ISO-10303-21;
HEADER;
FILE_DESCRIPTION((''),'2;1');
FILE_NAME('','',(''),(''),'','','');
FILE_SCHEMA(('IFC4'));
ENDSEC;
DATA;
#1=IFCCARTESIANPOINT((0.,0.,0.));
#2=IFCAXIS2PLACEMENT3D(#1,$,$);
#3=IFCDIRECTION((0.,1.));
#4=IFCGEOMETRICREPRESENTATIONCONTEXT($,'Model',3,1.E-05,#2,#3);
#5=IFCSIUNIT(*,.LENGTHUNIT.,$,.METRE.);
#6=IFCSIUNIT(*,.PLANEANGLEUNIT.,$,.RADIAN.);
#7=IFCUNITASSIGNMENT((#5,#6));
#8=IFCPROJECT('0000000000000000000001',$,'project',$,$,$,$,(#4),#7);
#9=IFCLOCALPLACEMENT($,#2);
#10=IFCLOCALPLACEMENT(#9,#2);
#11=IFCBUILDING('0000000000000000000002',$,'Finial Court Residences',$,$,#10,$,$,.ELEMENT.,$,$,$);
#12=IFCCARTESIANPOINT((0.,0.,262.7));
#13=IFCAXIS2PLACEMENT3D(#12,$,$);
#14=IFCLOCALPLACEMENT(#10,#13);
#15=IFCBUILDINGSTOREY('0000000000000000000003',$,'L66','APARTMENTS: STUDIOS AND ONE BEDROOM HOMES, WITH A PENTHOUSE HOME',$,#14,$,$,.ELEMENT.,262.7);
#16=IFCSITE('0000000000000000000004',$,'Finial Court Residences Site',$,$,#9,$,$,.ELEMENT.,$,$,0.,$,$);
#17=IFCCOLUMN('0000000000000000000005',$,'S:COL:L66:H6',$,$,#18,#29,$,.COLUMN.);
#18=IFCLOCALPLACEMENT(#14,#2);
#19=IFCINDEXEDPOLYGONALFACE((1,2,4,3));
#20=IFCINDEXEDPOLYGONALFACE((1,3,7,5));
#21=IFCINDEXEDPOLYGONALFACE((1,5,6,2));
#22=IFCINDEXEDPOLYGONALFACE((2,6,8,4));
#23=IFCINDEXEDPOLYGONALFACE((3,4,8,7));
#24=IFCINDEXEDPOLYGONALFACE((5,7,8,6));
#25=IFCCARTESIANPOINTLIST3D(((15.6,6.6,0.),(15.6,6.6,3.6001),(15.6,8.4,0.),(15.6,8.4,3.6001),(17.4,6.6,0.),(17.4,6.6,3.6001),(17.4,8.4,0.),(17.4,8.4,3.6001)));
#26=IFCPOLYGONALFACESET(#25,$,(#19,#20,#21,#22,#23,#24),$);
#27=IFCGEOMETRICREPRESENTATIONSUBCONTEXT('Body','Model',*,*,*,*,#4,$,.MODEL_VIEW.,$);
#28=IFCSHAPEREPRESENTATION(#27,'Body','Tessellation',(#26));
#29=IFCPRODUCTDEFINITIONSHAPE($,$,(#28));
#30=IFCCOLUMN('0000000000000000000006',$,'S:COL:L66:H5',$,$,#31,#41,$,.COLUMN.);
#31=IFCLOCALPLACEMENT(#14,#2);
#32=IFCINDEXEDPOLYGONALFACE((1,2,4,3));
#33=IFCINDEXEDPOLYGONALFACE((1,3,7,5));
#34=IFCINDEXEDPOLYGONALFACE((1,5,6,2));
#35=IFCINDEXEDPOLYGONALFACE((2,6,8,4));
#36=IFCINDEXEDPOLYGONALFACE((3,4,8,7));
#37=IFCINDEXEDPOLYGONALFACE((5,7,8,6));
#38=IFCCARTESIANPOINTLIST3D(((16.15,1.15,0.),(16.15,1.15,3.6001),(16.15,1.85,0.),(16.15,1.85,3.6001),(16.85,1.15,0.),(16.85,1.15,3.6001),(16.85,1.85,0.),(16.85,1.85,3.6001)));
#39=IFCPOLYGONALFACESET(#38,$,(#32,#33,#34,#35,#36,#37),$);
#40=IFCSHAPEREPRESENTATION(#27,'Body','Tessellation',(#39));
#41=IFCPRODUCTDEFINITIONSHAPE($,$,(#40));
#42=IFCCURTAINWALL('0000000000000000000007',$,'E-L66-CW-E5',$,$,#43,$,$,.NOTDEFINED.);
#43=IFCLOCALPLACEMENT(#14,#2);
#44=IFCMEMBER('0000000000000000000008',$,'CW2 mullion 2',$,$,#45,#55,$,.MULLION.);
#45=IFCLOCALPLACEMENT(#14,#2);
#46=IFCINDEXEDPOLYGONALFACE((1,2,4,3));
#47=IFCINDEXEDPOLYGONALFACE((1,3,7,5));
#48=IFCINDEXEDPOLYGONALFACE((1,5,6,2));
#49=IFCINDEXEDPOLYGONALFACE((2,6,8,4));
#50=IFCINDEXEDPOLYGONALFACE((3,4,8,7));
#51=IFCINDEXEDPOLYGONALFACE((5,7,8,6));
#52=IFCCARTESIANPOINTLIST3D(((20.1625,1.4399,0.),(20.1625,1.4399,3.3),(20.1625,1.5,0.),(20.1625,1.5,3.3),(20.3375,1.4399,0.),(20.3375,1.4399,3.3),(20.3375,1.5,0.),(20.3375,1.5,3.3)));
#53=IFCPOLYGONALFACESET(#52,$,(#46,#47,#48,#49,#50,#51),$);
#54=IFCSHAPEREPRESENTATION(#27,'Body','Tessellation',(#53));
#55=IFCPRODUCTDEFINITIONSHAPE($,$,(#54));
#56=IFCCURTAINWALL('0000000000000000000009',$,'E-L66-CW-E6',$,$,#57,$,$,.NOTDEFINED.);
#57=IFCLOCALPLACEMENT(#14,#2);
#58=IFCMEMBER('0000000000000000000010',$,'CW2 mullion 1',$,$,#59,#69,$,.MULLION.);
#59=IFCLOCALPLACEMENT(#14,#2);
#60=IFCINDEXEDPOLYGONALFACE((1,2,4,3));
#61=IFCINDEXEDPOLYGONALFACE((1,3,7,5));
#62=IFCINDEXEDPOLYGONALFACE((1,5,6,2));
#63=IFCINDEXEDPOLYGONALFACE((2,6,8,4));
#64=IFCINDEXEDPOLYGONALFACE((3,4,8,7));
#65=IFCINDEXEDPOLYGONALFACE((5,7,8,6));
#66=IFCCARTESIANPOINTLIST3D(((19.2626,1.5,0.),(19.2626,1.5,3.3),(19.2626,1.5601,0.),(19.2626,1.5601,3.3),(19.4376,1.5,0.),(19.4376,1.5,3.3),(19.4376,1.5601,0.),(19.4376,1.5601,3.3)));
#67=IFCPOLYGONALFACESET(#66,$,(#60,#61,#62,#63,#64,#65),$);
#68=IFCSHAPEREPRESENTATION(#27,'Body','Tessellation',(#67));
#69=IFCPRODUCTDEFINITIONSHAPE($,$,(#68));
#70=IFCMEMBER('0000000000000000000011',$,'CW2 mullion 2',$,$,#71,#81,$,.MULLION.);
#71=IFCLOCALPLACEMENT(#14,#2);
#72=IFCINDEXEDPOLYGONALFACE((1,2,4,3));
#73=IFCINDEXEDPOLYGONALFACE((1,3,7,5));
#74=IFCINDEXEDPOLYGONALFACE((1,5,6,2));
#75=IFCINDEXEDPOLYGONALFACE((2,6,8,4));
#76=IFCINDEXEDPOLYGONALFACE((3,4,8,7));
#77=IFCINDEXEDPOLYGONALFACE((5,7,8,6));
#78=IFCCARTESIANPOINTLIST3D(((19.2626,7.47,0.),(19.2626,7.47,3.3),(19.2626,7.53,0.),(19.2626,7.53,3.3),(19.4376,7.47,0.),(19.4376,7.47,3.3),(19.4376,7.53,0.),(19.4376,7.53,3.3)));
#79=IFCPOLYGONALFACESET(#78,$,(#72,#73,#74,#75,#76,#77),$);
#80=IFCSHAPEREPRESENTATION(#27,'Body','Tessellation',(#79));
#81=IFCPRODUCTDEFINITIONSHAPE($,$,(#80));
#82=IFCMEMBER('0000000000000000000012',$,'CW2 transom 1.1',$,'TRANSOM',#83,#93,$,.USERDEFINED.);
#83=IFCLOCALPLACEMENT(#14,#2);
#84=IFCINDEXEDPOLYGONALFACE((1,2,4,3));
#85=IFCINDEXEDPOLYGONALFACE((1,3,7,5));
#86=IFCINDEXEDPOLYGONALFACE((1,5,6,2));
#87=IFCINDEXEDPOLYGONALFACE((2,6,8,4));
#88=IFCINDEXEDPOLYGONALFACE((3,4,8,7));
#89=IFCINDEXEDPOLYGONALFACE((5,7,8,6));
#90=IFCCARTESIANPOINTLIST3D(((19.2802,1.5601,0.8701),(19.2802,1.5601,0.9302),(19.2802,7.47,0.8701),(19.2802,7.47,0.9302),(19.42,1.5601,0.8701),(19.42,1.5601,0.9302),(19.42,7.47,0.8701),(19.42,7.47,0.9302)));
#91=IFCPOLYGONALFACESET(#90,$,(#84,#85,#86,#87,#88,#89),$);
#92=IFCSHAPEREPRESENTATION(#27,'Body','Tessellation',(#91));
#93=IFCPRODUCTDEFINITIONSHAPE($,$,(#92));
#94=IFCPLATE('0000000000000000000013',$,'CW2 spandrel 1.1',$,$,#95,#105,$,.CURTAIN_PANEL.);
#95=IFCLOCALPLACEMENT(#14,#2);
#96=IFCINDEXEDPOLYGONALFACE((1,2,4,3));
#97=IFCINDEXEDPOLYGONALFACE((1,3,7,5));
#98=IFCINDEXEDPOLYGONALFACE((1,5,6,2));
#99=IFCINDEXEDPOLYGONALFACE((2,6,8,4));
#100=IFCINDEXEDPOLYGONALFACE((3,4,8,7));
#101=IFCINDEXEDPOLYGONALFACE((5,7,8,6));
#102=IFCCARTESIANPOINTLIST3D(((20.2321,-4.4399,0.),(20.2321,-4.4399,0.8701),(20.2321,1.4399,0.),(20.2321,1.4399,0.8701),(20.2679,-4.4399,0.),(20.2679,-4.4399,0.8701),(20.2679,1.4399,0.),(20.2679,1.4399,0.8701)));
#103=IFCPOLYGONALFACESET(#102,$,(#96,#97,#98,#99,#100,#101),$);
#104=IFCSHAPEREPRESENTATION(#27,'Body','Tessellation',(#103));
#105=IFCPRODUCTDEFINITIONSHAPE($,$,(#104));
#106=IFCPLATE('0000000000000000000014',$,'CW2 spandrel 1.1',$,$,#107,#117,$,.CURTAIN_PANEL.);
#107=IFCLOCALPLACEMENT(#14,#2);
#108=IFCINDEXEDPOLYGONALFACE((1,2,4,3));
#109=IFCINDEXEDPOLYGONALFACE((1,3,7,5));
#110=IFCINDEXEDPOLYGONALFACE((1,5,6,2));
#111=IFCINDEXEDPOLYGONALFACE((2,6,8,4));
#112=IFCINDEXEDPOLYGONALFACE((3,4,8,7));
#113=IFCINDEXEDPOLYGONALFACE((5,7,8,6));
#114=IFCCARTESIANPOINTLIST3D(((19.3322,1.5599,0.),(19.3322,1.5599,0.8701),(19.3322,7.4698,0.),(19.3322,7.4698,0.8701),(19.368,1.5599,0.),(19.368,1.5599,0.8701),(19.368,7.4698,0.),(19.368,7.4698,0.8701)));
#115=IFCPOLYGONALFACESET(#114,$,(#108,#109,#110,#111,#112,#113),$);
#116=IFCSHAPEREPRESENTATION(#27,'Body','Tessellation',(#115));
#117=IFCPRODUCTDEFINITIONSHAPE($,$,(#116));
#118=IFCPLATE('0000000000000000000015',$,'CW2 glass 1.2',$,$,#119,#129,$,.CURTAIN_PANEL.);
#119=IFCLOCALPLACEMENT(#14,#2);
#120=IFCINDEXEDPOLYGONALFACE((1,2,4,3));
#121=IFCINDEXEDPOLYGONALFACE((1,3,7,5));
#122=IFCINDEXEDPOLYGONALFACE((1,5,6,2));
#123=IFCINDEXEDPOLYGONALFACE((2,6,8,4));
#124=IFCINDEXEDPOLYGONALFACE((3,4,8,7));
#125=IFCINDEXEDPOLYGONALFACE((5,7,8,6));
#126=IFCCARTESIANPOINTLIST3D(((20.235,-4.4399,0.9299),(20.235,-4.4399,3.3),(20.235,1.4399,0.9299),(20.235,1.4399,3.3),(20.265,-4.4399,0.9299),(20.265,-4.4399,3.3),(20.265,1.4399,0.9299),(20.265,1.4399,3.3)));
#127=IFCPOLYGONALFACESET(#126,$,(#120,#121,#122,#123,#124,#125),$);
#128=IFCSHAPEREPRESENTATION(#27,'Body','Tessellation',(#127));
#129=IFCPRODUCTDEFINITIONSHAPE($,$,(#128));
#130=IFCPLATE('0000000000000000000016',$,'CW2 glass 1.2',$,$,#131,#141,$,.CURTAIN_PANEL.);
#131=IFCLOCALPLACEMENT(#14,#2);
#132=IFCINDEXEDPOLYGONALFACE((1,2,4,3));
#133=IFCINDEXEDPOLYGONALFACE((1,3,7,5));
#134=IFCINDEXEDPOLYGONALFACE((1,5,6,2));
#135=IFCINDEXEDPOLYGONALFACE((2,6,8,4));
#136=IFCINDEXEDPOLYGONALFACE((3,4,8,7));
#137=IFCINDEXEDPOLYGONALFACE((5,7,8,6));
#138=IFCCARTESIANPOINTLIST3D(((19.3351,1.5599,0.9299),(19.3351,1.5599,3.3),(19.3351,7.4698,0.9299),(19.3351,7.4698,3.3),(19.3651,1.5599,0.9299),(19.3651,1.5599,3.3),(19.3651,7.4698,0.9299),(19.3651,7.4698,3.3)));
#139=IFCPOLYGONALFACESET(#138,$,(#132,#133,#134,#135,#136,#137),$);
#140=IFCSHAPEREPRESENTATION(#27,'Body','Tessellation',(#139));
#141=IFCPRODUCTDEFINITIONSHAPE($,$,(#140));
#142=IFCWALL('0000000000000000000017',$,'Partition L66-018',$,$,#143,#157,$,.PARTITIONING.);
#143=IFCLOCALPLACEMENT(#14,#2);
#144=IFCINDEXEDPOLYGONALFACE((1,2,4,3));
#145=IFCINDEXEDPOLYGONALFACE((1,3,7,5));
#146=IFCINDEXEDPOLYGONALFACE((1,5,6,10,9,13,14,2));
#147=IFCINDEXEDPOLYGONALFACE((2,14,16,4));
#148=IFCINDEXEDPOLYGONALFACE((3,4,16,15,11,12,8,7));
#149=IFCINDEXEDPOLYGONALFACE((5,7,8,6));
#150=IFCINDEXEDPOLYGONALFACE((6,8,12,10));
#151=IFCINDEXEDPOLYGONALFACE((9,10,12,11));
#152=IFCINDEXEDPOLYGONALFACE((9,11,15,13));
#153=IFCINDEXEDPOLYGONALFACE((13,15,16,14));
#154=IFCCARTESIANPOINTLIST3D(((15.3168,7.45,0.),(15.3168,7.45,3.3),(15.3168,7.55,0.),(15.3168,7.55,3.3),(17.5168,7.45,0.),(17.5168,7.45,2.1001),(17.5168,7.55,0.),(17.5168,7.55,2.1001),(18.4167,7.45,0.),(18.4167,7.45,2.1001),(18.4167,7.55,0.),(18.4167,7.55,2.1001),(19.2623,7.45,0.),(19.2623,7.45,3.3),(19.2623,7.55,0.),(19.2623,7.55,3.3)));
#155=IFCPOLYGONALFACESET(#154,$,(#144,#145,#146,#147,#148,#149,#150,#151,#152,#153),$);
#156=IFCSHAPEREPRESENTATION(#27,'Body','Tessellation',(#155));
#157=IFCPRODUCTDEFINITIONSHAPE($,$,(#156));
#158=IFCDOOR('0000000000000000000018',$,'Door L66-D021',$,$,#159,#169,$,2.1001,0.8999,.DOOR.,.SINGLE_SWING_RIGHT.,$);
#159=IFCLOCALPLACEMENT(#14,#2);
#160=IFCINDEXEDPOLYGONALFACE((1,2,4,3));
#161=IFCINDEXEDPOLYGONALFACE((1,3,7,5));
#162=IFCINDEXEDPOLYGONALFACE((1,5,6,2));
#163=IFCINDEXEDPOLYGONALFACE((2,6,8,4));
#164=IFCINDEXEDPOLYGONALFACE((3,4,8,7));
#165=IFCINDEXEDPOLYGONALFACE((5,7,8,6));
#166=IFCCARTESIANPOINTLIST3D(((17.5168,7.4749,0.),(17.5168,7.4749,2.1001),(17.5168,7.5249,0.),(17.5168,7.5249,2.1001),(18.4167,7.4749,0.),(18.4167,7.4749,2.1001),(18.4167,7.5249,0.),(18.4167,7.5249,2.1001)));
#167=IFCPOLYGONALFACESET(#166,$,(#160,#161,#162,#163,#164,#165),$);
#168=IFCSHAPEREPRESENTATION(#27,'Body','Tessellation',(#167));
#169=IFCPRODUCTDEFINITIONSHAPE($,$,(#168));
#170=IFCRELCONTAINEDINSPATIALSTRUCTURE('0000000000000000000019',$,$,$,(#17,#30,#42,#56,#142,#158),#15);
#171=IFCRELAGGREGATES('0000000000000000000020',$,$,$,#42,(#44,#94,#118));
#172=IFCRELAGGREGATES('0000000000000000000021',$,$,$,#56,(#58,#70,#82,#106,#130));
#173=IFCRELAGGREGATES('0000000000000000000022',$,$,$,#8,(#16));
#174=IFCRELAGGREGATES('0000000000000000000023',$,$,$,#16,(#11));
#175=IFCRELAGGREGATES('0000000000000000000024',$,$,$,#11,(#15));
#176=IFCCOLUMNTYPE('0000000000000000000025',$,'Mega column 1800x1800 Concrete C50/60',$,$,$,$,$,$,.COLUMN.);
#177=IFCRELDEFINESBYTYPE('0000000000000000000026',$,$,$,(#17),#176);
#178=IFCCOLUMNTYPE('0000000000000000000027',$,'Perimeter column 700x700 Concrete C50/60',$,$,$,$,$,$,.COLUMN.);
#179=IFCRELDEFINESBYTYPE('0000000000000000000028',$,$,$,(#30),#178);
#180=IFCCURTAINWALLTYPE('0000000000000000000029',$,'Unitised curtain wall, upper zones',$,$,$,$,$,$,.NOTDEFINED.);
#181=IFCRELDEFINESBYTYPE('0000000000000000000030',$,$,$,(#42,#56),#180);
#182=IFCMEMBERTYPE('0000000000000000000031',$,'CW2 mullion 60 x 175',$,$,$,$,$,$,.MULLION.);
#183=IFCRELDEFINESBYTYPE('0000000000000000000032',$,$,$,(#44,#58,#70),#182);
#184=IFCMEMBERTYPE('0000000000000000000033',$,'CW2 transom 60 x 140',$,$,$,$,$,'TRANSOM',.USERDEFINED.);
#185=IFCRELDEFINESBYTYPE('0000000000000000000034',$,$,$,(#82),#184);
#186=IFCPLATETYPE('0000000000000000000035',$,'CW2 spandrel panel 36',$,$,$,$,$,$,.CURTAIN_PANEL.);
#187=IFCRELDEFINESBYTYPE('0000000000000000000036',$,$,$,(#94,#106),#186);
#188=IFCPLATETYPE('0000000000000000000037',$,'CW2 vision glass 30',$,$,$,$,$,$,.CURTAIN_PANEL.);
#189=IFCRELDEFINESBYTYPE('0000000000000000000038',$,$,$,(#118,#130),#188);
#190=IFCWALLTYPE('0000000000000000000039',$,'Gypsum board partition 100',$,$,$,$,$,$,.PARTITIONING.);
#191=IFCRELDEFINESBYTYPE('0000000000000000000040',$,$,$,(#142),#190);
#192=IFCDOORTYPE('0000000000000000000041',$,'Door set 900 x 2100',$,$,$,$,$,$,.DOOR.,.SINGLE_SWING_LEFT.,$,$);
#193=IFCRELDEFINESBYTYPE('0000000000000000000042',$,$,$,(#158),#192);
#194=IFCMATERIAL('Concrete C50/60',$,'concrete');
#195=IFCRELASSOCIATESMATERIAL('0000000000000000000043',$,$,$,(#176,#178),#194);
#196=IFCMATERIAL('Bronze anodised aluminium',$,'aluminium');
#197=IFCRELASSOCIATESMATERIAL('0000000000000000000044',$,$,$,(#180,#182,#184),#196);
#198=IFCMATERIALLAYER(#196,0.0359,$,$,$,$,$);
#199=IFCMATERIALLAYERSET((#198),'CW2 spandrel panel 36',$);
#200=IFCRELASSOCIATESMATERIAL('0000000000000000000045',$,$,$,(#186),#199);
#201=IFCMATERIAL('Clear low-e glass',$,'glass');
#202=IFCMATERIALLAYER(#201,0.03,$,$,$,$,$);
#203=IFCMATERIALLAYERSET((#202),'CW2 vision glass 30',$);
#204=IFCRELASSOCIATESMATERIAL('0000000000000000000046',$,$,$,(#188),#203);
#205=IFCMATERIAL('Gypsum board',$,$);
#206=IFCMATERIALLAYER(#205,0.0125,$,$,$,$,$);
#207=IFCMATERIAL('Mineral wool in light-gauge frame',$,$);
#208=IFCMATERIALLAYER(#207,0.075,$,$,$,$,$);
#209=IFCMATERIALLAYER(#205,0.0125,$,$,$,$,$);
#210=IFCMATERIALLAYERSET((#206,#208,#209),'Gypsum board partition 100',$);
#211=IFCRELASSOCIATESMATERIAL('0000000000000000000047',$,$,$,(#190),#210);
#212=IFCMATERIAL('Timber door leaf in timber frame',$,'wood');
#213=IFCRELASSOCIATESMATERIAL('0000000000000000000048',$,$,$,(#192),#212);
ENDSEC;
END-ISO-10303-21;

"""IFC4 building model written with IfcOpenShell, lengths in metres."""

from ifc_helpers import new_model, si_unit, direction, frame, frame_2d, origin, origin_2d, place, context, subcontext, project, spatial, rectangle, extrude, material, layer, layer_set, material_profile, profile_set, type_object, element, fill, aggregate, save


model = new_model("IFC4")

# Units and contexts
model_context = context("Model", 3, precision=1e-05, world=origin(), true_north=direction((0.0, 1.0)))
body_context = subcontext(model_context, "Body", "Model", "MODEL_VIEW")
ifc_project = project(units=[si_unit("LENGTHUNIT", "METRE"), si_unit("PLANEANGLEUNIT", "RADIAN")], contexts=[model_context])

# Site, building, storey
site_placement = place(None, origin())
site = spatial("IfcSite", under=ifc_project, at=site_placement, Name="Finial Court Residences Site", CompositionType="ELEMENT", RefElevation=0.0)
building_placement = place(site_placement, origin())
building = spatial("IfcBuilding", under=site, at=building_placement, Name="Finial Court Residences", CompositionType="ELEMENT")
storey_placement = place(building_placement, frame((0.0, 0.0, 262.7)))
storey = spatial("IfcBuildingStorey", under=building, at=storey_placement, Name="L66", Description="APARTMENTS: STUDIOS AND ONE BEDROOM HOMES, WITH A PENTHOUSE HOME", CompositionType="ELEMENT", Elevation=262.7)

# Columns
ifc_material_1 = material(Name="Concrete C50/60", Category="concrete")
ifc_material_profile_1 = material_profile(ifc_material_1, rectangle(XDim=1.8, YDim=1.8, at=origin_2d()), Name="1800x1800")
ifc_profile_set_1 = profile_set([ifc_material_profile_1], Name="Concrete C50/60")
column_type_1 = type_object("IfcColumnType", Name="Mega column 1800x1800 Concrete C50/60", PredefinedType="COLUMN", material=ifc_profile_set_1)
column_1_placement = place(storey_placement, frame((16.5, 7.5, 0.0), z_axis=(0.0, 0.0, 1.0), x_axis=(1.0, 0.0, 0.0)))
element("IfcColumn", 1, at=column_1_placement, inside=storey, type_object=column_type_1, Name="S:COL:L66:H6", PredefinedType="COLUMN", context=body_context, shape_type="SweptSolid", body=[
    extrude(rectangle(XDim=1.8, YDim=1.8, at=origin_2d()), origin(), (0.0, 0.0, 1.0), 3.6001),
])
ifc_material_profile_2 = material_profile(ifc_material_1, rectangle(XDim=0.7, YDim=0.7, at=origin_2d()), Name="700x700")
ifc_profile_set_2 = profile_set([ifc_material_profile_2], Name="Concrete C50/60")
column_type_2 = type_object("IfcColumnType", Name="Perimeter column 700x700 Concrete C50/60", PredefinedType="COLUMN", material=ifc_profile_set_2)
column_2_placement = place(storey_placement, frame((16.5, 1.5, 0.0), z_axis=(0.0, 0.0, 1.0), x_axis=(1.0, 0.0, 0.0)))
element("IfcColumn", 2, at=column_2_placement, inside=storey, type_object=column_type_2, Name="S:COL:L66:H5", PredefinedType="COLUMN", context=body_context, shape_type="SweptSolid", body=[
    extrude(rectangle(XDim=0.7, YDim=0.7, at=origin_2d()), origin(), (0.0, 0.0, 1.0), 3.6001),
])

# Curtain wall, member
ifc_material_2 = material(Name="Bronze anodised aluminium", Category="aluminium")
curtain_wall_type = type_object("IfcCurtainWallType", Name="Unitised curtain wall, upper zones", PredefinedType="NOTDEFINED", material=ifc_material_2)
curtain_wall_1_placement = place(storey_placement, origin())
curtain_wall_1 = element("IfcCurtainWall", 3, at=curtain_wall_1_placement, inside=storey, type_object=curtain_wall_type, Name="E-L66-CW-E5", PredefinedType="NOTDEFINED")
ifc_material_profile_3 = material_profile(ifc_material_2, rectangle(XDim=0.175, YDim=0.0601, at=origin_2d()), Name="CW2 mullion 60 x 175")
ifc_profile_set_3 = profile_set([ifc_material_profile_3], Name="Bronze anodised aluminium")
member_type_1 = type_object("IfcMemberType", Name="CW2 mullion 60 x 175", PredefinedType="MULLION", material=ifc_profile_set_3)
member_1_placement = place(storey_placement, frame((20.25, 1.47, 0.0), z_axis=(0.0, 0.0, 1.0), x_axis=(-1.0, 0.0, 0.0)))
member_1 = element("IfcMember", 4, at=member_1_placement, type_object=member_type_1, Name="CW2 mullion 2", PredefinedType="MULLION", context=body_context, shape_type="SweptSolid", body=[
    extrude(rectangle(XDim=0.175, YDim=0.0601, at=origin_2d()), origin(), (0.0, 0.0, 1.0), 3.3),
])

# Curtain wall, members
curtain_wall_2_placement = place(storey_placement, origin())
curtain_wall_2 = element("IfcCurtainWall", 5, at=curtain_wall_2_placement, inside=storey, type_object=curtain_wall_type, Name="E-L66-CW-E6", PredefinedType="NOTDEFINED")
member_2_placement = place(storey_placement, frame((19.3501, 1.53, 0.0), z_axis=(0.0, 0.0, 1.0), x_axis=(-1.0, 0.0, 0.0)))
member_2 = element("IfcMember", 6, at=member_2_placement, type_object=member_type_1, Name="CW2 mullion 1", PredefinedType="MULLION", context=body_context, shape_type="SweptSolid", body=[
    extrude(rectangle(XDim=0.175, YDim=0.0601, at=origin_2d()), origin(), (0.0, 0.0, 1.0), 3.3),
])
member_3_placement = place(storey_placement, frame((19.3501, 7.5, 0.0), z_axis=(0.0, 0.0, 1.0), x_axis=(-1.0, 0.0, 0.0)))
member_3 = element("IfcMember", 7, at=member_3_placement, type_object=member_type_1, Name="CW2 mullion 2", PredefinedType="MULLION", context=body_context, shape_type="SweptSolid", body=[
    extrude(rectangle(XDim=0.175, YDim=0.0601, at=origin_2d()), origin(), (0.0, 0.0, 1.0), 3.3),
])
ifc_material_profile_4 = material_profile(ifc_material_2, rectangle(XDim=0.1399, YDim=0.0601, at=origin_2d()), Name="CW2 transom 60 x 140")
ifc_profile_set_4 = profile_set([ifc_material_profile_4], Name="Bronze anodised aluminium")
member_type_2 = type_object("IfcMemberType", Name="CW2 transom 60 x 140", ElementType="TRANSOM", PredefinedType="USERDEFINED", material=ifc_profile_set_4)
member_4_placement = place(storey_placement, frame((19.3501, 1.5601, 0.9001), z_axis=(0.0, 1.0, 0.0), x_axis=(-1.0, 0.0, 0.0)))
member_4 = element("IfcMember", 8, at=member_4_placement, type_object=member_type_2, Name="CW2 transom 1.1", ObjectType="TRANSOM", PredefinedType="USERDEFINED", context=body_context, shape_type="SweptSolid", body=[
    extrude(rectangle(XDim=0.1399, YDim=0.0601, at=origin_2d()), origin(), (0.0, 0.0, 1.0), 5.9099),
])

# Plates
ifc_layer_1 = layer(ifc_material_2, 0.0359)
ifc_layer_set_1 = layer_set([ifc_layer_1], Name="CW2 spandrel panel 36")
plate_type_1 = type_object("IfcPlateType", Name="CW2 spandrel panel 36", PredefinedType="CURTAIN_PANEL", material=ifc_layer_set_1)
plate_1_placement = place(storey_placement, frame((20.25, -1.5, 0.0), z_axis=(0.0, 0.0, 1.0), x_axis=(0.0, 1.0, 0.0)))
plate_1 = element("IfcPlate", 9, at=plate_1_placement, type_object=plate_type_1, Name="CW2 spandrel 1.1", PredefinedType="CURTAIN_PANEL", context=body_context, shape_type="SweptSolid", body=[
    extrude(rectangle(XDim=5.8799, YDim=0.0359, at=origin_2d()), origin(), (0.0, 0.0, 1.0), 0.8701),
])
plate_2_placement = place(storey_placement, frame((19.3501, 4.5149, 0.0), z_axis=(0.0, 0.0, 1.0), x_axis=(0.0, 1.0, 0.0)))
plate_2 = element("IfcPlate", 10, at=plate_2_placement, type_object=plate_type_1, Name="CW2 spandrel 1.1", PredefinedType="CURTAIN_PANEL", context=body_context, shape_type="SweptSolid", body=[
    extrude(rectangle(XDim=5.9099, YDim=0.0359, at=origin_2d()), origin(), (0.0, 0.0, 1.0), 0.8701),
])
ifc_material_3 = material(Name="Clear low-e glass", Category="glass")
ifc_layer_2 = layer(ifc_material_3, 0.03)
ifc_layer_set_2 = layer_set([ifc_layer_2], Name="CW2 vision glass 30")
plate_type_2 = type_object("IfcPlateType", Name="CW2 vision glass 30", PredefinedType="CURTAIN_PANEL", material=ifc_layer_set_2)
plate_3_placement = place(storey_placement, frame((20.25, -1.5, 0.9299), z_axis=(0.0, 0.0, 1.0), x_axis=(0.0, 1.0, 0.0)))
plate_3 = element("IfcPlate", 11, at=plate_3_placement, type_object=plate_type_2, Name="CW2 glass 1.2", PredefinedType="CURTAIN_PANEL", context=body_context, shape_type="SweptSolid", body=[
    extrude(rectangle(XDim=5.8799, YDim=0.03, at=origin_2d()), origin(), (0.0, 0.0, 1.0), 2.3701),
])
aggregate(curtain_wall_1, [member_1, plate_1, plate_3])
plate_4_placement = place(storey_placement, frame((19.3501, 4.5149, 0.9299), z_axis=(0.0, 0.0, 1.0), x_axis=(0.0, 1.0, 0.0)))
plate_4 = element("IfcPlate", 12, at=plate_4_placement, type_object=plate_type_2, Name="CW2 glass 1.2", PredefinedType="CURTAIN_PANEL", context=body_context, shape_type="SweptSolid", body=[
    extrude(rectangle(XDim=5.9099, YDim=0.03, at=origin_2d()), origin(), (0.0, 0.0, 1.0), 2.3701),
])
aggregate(curtain_wall_2, [member_2, member_3, member_4, plate_2, plate_4])

# Wall, opening, door
ifc_material_4 = material(Name="Gypsum board")
ifc_layer_3 = layer(ifc_material_4, 0.0125)
ifc_material_5 = material(Name="Mineral wool in light-gauge frame")
ifc_layer_4 = layer(ifc_material_5, 0.075)
ifc_layer_5 = layer(ifc_material_4, 0.0125)
ifc_layer_set_3 = layer_set([ifc_layer_3, ifc_layer_4, ifc_layer_5], Name="Gypsum board partition 100")
wall_type_1 = type_object("IfcWallType", Name="Gypsum board partition 100", PredefinedType="PARTITIONING", material=ifc_layer_set_3)
wall_1_placement = place(storey_placement, frame((15.3169, 7.5, 0.0), z_axis=(0.0, 0.0, 1.0), x_axis=(1.0, 0.0, 0.0)))
wall_1 = element("IfcWall", 13, at=wall_1_placement, inside=storey, type_object=wall_type_1, Name="Partition L66-018", PredefinedType="PARTITIONING", context=body_context, shape_type="SweptSolid", body=[
    extrude(rectangle(XDim=3.9456, YDim=0.1001, at=frame_2d((1.9727, 0.0))), origin(), (0.0, 0.0, 1.0), 3.3),
])
opening_1_placement = place(wall_1_placement, frame((2.2, 0.0, 0.0)))
opening_1 = element("IfcOpeningElement", 14, at=opening_1_placement, cuts=wall_1, PredefinedType="OPENING", context=body_context, shape_type="SweptSolid", body=[
    extrude(rectangle(XDim=0.8999, YDim=2.1001, at=frame_2d((0.45, 1.05))), frame((0.0, 0.0601, 0.0), z_axis=(0.0, -1.0, 0.0), x_axis=(1.0, 0.0, 0.0)), (0.0, 0.0, 1.0), 0.1201),
])
ifc_material_6 = material(Name="Timber door leaf in timber frame", Category="wood")
door_type = type_object("IfcDoorType", Name="Door set 900 x 2100", OperationType="SINGLE_SWING_LEFT", PredefinedType="DOOR", material=ifc_material_6)
door_1_placement = place(opening_1_placement, origin())
door_1 = element("IfcDoor", 15, at=door_1_placement, inside=storey, type_object=door_type, Name="Door L66-D021", OperationType="SINGLE_SWING_RIGHT", OverallHeight=2.1001, OverallWidth=0.8999, PredefinedType="DOOR", context=body_context, shape_type="SweptSolid", body=[
    extrude(rectangle(XDim=0.8999, YDim=2.1001, at=frame_2d((0.45, 1.05))), frame((0.0, 0.0249, 0.0), z_axis=(0.0, -1.0, 0.0), x_axis=(1.0, 0.0, 0.0)), (0.0, 0.0, 1.0), 0.05),
])
fill(opening_1, door_1)

save(model, "model.ifc")
